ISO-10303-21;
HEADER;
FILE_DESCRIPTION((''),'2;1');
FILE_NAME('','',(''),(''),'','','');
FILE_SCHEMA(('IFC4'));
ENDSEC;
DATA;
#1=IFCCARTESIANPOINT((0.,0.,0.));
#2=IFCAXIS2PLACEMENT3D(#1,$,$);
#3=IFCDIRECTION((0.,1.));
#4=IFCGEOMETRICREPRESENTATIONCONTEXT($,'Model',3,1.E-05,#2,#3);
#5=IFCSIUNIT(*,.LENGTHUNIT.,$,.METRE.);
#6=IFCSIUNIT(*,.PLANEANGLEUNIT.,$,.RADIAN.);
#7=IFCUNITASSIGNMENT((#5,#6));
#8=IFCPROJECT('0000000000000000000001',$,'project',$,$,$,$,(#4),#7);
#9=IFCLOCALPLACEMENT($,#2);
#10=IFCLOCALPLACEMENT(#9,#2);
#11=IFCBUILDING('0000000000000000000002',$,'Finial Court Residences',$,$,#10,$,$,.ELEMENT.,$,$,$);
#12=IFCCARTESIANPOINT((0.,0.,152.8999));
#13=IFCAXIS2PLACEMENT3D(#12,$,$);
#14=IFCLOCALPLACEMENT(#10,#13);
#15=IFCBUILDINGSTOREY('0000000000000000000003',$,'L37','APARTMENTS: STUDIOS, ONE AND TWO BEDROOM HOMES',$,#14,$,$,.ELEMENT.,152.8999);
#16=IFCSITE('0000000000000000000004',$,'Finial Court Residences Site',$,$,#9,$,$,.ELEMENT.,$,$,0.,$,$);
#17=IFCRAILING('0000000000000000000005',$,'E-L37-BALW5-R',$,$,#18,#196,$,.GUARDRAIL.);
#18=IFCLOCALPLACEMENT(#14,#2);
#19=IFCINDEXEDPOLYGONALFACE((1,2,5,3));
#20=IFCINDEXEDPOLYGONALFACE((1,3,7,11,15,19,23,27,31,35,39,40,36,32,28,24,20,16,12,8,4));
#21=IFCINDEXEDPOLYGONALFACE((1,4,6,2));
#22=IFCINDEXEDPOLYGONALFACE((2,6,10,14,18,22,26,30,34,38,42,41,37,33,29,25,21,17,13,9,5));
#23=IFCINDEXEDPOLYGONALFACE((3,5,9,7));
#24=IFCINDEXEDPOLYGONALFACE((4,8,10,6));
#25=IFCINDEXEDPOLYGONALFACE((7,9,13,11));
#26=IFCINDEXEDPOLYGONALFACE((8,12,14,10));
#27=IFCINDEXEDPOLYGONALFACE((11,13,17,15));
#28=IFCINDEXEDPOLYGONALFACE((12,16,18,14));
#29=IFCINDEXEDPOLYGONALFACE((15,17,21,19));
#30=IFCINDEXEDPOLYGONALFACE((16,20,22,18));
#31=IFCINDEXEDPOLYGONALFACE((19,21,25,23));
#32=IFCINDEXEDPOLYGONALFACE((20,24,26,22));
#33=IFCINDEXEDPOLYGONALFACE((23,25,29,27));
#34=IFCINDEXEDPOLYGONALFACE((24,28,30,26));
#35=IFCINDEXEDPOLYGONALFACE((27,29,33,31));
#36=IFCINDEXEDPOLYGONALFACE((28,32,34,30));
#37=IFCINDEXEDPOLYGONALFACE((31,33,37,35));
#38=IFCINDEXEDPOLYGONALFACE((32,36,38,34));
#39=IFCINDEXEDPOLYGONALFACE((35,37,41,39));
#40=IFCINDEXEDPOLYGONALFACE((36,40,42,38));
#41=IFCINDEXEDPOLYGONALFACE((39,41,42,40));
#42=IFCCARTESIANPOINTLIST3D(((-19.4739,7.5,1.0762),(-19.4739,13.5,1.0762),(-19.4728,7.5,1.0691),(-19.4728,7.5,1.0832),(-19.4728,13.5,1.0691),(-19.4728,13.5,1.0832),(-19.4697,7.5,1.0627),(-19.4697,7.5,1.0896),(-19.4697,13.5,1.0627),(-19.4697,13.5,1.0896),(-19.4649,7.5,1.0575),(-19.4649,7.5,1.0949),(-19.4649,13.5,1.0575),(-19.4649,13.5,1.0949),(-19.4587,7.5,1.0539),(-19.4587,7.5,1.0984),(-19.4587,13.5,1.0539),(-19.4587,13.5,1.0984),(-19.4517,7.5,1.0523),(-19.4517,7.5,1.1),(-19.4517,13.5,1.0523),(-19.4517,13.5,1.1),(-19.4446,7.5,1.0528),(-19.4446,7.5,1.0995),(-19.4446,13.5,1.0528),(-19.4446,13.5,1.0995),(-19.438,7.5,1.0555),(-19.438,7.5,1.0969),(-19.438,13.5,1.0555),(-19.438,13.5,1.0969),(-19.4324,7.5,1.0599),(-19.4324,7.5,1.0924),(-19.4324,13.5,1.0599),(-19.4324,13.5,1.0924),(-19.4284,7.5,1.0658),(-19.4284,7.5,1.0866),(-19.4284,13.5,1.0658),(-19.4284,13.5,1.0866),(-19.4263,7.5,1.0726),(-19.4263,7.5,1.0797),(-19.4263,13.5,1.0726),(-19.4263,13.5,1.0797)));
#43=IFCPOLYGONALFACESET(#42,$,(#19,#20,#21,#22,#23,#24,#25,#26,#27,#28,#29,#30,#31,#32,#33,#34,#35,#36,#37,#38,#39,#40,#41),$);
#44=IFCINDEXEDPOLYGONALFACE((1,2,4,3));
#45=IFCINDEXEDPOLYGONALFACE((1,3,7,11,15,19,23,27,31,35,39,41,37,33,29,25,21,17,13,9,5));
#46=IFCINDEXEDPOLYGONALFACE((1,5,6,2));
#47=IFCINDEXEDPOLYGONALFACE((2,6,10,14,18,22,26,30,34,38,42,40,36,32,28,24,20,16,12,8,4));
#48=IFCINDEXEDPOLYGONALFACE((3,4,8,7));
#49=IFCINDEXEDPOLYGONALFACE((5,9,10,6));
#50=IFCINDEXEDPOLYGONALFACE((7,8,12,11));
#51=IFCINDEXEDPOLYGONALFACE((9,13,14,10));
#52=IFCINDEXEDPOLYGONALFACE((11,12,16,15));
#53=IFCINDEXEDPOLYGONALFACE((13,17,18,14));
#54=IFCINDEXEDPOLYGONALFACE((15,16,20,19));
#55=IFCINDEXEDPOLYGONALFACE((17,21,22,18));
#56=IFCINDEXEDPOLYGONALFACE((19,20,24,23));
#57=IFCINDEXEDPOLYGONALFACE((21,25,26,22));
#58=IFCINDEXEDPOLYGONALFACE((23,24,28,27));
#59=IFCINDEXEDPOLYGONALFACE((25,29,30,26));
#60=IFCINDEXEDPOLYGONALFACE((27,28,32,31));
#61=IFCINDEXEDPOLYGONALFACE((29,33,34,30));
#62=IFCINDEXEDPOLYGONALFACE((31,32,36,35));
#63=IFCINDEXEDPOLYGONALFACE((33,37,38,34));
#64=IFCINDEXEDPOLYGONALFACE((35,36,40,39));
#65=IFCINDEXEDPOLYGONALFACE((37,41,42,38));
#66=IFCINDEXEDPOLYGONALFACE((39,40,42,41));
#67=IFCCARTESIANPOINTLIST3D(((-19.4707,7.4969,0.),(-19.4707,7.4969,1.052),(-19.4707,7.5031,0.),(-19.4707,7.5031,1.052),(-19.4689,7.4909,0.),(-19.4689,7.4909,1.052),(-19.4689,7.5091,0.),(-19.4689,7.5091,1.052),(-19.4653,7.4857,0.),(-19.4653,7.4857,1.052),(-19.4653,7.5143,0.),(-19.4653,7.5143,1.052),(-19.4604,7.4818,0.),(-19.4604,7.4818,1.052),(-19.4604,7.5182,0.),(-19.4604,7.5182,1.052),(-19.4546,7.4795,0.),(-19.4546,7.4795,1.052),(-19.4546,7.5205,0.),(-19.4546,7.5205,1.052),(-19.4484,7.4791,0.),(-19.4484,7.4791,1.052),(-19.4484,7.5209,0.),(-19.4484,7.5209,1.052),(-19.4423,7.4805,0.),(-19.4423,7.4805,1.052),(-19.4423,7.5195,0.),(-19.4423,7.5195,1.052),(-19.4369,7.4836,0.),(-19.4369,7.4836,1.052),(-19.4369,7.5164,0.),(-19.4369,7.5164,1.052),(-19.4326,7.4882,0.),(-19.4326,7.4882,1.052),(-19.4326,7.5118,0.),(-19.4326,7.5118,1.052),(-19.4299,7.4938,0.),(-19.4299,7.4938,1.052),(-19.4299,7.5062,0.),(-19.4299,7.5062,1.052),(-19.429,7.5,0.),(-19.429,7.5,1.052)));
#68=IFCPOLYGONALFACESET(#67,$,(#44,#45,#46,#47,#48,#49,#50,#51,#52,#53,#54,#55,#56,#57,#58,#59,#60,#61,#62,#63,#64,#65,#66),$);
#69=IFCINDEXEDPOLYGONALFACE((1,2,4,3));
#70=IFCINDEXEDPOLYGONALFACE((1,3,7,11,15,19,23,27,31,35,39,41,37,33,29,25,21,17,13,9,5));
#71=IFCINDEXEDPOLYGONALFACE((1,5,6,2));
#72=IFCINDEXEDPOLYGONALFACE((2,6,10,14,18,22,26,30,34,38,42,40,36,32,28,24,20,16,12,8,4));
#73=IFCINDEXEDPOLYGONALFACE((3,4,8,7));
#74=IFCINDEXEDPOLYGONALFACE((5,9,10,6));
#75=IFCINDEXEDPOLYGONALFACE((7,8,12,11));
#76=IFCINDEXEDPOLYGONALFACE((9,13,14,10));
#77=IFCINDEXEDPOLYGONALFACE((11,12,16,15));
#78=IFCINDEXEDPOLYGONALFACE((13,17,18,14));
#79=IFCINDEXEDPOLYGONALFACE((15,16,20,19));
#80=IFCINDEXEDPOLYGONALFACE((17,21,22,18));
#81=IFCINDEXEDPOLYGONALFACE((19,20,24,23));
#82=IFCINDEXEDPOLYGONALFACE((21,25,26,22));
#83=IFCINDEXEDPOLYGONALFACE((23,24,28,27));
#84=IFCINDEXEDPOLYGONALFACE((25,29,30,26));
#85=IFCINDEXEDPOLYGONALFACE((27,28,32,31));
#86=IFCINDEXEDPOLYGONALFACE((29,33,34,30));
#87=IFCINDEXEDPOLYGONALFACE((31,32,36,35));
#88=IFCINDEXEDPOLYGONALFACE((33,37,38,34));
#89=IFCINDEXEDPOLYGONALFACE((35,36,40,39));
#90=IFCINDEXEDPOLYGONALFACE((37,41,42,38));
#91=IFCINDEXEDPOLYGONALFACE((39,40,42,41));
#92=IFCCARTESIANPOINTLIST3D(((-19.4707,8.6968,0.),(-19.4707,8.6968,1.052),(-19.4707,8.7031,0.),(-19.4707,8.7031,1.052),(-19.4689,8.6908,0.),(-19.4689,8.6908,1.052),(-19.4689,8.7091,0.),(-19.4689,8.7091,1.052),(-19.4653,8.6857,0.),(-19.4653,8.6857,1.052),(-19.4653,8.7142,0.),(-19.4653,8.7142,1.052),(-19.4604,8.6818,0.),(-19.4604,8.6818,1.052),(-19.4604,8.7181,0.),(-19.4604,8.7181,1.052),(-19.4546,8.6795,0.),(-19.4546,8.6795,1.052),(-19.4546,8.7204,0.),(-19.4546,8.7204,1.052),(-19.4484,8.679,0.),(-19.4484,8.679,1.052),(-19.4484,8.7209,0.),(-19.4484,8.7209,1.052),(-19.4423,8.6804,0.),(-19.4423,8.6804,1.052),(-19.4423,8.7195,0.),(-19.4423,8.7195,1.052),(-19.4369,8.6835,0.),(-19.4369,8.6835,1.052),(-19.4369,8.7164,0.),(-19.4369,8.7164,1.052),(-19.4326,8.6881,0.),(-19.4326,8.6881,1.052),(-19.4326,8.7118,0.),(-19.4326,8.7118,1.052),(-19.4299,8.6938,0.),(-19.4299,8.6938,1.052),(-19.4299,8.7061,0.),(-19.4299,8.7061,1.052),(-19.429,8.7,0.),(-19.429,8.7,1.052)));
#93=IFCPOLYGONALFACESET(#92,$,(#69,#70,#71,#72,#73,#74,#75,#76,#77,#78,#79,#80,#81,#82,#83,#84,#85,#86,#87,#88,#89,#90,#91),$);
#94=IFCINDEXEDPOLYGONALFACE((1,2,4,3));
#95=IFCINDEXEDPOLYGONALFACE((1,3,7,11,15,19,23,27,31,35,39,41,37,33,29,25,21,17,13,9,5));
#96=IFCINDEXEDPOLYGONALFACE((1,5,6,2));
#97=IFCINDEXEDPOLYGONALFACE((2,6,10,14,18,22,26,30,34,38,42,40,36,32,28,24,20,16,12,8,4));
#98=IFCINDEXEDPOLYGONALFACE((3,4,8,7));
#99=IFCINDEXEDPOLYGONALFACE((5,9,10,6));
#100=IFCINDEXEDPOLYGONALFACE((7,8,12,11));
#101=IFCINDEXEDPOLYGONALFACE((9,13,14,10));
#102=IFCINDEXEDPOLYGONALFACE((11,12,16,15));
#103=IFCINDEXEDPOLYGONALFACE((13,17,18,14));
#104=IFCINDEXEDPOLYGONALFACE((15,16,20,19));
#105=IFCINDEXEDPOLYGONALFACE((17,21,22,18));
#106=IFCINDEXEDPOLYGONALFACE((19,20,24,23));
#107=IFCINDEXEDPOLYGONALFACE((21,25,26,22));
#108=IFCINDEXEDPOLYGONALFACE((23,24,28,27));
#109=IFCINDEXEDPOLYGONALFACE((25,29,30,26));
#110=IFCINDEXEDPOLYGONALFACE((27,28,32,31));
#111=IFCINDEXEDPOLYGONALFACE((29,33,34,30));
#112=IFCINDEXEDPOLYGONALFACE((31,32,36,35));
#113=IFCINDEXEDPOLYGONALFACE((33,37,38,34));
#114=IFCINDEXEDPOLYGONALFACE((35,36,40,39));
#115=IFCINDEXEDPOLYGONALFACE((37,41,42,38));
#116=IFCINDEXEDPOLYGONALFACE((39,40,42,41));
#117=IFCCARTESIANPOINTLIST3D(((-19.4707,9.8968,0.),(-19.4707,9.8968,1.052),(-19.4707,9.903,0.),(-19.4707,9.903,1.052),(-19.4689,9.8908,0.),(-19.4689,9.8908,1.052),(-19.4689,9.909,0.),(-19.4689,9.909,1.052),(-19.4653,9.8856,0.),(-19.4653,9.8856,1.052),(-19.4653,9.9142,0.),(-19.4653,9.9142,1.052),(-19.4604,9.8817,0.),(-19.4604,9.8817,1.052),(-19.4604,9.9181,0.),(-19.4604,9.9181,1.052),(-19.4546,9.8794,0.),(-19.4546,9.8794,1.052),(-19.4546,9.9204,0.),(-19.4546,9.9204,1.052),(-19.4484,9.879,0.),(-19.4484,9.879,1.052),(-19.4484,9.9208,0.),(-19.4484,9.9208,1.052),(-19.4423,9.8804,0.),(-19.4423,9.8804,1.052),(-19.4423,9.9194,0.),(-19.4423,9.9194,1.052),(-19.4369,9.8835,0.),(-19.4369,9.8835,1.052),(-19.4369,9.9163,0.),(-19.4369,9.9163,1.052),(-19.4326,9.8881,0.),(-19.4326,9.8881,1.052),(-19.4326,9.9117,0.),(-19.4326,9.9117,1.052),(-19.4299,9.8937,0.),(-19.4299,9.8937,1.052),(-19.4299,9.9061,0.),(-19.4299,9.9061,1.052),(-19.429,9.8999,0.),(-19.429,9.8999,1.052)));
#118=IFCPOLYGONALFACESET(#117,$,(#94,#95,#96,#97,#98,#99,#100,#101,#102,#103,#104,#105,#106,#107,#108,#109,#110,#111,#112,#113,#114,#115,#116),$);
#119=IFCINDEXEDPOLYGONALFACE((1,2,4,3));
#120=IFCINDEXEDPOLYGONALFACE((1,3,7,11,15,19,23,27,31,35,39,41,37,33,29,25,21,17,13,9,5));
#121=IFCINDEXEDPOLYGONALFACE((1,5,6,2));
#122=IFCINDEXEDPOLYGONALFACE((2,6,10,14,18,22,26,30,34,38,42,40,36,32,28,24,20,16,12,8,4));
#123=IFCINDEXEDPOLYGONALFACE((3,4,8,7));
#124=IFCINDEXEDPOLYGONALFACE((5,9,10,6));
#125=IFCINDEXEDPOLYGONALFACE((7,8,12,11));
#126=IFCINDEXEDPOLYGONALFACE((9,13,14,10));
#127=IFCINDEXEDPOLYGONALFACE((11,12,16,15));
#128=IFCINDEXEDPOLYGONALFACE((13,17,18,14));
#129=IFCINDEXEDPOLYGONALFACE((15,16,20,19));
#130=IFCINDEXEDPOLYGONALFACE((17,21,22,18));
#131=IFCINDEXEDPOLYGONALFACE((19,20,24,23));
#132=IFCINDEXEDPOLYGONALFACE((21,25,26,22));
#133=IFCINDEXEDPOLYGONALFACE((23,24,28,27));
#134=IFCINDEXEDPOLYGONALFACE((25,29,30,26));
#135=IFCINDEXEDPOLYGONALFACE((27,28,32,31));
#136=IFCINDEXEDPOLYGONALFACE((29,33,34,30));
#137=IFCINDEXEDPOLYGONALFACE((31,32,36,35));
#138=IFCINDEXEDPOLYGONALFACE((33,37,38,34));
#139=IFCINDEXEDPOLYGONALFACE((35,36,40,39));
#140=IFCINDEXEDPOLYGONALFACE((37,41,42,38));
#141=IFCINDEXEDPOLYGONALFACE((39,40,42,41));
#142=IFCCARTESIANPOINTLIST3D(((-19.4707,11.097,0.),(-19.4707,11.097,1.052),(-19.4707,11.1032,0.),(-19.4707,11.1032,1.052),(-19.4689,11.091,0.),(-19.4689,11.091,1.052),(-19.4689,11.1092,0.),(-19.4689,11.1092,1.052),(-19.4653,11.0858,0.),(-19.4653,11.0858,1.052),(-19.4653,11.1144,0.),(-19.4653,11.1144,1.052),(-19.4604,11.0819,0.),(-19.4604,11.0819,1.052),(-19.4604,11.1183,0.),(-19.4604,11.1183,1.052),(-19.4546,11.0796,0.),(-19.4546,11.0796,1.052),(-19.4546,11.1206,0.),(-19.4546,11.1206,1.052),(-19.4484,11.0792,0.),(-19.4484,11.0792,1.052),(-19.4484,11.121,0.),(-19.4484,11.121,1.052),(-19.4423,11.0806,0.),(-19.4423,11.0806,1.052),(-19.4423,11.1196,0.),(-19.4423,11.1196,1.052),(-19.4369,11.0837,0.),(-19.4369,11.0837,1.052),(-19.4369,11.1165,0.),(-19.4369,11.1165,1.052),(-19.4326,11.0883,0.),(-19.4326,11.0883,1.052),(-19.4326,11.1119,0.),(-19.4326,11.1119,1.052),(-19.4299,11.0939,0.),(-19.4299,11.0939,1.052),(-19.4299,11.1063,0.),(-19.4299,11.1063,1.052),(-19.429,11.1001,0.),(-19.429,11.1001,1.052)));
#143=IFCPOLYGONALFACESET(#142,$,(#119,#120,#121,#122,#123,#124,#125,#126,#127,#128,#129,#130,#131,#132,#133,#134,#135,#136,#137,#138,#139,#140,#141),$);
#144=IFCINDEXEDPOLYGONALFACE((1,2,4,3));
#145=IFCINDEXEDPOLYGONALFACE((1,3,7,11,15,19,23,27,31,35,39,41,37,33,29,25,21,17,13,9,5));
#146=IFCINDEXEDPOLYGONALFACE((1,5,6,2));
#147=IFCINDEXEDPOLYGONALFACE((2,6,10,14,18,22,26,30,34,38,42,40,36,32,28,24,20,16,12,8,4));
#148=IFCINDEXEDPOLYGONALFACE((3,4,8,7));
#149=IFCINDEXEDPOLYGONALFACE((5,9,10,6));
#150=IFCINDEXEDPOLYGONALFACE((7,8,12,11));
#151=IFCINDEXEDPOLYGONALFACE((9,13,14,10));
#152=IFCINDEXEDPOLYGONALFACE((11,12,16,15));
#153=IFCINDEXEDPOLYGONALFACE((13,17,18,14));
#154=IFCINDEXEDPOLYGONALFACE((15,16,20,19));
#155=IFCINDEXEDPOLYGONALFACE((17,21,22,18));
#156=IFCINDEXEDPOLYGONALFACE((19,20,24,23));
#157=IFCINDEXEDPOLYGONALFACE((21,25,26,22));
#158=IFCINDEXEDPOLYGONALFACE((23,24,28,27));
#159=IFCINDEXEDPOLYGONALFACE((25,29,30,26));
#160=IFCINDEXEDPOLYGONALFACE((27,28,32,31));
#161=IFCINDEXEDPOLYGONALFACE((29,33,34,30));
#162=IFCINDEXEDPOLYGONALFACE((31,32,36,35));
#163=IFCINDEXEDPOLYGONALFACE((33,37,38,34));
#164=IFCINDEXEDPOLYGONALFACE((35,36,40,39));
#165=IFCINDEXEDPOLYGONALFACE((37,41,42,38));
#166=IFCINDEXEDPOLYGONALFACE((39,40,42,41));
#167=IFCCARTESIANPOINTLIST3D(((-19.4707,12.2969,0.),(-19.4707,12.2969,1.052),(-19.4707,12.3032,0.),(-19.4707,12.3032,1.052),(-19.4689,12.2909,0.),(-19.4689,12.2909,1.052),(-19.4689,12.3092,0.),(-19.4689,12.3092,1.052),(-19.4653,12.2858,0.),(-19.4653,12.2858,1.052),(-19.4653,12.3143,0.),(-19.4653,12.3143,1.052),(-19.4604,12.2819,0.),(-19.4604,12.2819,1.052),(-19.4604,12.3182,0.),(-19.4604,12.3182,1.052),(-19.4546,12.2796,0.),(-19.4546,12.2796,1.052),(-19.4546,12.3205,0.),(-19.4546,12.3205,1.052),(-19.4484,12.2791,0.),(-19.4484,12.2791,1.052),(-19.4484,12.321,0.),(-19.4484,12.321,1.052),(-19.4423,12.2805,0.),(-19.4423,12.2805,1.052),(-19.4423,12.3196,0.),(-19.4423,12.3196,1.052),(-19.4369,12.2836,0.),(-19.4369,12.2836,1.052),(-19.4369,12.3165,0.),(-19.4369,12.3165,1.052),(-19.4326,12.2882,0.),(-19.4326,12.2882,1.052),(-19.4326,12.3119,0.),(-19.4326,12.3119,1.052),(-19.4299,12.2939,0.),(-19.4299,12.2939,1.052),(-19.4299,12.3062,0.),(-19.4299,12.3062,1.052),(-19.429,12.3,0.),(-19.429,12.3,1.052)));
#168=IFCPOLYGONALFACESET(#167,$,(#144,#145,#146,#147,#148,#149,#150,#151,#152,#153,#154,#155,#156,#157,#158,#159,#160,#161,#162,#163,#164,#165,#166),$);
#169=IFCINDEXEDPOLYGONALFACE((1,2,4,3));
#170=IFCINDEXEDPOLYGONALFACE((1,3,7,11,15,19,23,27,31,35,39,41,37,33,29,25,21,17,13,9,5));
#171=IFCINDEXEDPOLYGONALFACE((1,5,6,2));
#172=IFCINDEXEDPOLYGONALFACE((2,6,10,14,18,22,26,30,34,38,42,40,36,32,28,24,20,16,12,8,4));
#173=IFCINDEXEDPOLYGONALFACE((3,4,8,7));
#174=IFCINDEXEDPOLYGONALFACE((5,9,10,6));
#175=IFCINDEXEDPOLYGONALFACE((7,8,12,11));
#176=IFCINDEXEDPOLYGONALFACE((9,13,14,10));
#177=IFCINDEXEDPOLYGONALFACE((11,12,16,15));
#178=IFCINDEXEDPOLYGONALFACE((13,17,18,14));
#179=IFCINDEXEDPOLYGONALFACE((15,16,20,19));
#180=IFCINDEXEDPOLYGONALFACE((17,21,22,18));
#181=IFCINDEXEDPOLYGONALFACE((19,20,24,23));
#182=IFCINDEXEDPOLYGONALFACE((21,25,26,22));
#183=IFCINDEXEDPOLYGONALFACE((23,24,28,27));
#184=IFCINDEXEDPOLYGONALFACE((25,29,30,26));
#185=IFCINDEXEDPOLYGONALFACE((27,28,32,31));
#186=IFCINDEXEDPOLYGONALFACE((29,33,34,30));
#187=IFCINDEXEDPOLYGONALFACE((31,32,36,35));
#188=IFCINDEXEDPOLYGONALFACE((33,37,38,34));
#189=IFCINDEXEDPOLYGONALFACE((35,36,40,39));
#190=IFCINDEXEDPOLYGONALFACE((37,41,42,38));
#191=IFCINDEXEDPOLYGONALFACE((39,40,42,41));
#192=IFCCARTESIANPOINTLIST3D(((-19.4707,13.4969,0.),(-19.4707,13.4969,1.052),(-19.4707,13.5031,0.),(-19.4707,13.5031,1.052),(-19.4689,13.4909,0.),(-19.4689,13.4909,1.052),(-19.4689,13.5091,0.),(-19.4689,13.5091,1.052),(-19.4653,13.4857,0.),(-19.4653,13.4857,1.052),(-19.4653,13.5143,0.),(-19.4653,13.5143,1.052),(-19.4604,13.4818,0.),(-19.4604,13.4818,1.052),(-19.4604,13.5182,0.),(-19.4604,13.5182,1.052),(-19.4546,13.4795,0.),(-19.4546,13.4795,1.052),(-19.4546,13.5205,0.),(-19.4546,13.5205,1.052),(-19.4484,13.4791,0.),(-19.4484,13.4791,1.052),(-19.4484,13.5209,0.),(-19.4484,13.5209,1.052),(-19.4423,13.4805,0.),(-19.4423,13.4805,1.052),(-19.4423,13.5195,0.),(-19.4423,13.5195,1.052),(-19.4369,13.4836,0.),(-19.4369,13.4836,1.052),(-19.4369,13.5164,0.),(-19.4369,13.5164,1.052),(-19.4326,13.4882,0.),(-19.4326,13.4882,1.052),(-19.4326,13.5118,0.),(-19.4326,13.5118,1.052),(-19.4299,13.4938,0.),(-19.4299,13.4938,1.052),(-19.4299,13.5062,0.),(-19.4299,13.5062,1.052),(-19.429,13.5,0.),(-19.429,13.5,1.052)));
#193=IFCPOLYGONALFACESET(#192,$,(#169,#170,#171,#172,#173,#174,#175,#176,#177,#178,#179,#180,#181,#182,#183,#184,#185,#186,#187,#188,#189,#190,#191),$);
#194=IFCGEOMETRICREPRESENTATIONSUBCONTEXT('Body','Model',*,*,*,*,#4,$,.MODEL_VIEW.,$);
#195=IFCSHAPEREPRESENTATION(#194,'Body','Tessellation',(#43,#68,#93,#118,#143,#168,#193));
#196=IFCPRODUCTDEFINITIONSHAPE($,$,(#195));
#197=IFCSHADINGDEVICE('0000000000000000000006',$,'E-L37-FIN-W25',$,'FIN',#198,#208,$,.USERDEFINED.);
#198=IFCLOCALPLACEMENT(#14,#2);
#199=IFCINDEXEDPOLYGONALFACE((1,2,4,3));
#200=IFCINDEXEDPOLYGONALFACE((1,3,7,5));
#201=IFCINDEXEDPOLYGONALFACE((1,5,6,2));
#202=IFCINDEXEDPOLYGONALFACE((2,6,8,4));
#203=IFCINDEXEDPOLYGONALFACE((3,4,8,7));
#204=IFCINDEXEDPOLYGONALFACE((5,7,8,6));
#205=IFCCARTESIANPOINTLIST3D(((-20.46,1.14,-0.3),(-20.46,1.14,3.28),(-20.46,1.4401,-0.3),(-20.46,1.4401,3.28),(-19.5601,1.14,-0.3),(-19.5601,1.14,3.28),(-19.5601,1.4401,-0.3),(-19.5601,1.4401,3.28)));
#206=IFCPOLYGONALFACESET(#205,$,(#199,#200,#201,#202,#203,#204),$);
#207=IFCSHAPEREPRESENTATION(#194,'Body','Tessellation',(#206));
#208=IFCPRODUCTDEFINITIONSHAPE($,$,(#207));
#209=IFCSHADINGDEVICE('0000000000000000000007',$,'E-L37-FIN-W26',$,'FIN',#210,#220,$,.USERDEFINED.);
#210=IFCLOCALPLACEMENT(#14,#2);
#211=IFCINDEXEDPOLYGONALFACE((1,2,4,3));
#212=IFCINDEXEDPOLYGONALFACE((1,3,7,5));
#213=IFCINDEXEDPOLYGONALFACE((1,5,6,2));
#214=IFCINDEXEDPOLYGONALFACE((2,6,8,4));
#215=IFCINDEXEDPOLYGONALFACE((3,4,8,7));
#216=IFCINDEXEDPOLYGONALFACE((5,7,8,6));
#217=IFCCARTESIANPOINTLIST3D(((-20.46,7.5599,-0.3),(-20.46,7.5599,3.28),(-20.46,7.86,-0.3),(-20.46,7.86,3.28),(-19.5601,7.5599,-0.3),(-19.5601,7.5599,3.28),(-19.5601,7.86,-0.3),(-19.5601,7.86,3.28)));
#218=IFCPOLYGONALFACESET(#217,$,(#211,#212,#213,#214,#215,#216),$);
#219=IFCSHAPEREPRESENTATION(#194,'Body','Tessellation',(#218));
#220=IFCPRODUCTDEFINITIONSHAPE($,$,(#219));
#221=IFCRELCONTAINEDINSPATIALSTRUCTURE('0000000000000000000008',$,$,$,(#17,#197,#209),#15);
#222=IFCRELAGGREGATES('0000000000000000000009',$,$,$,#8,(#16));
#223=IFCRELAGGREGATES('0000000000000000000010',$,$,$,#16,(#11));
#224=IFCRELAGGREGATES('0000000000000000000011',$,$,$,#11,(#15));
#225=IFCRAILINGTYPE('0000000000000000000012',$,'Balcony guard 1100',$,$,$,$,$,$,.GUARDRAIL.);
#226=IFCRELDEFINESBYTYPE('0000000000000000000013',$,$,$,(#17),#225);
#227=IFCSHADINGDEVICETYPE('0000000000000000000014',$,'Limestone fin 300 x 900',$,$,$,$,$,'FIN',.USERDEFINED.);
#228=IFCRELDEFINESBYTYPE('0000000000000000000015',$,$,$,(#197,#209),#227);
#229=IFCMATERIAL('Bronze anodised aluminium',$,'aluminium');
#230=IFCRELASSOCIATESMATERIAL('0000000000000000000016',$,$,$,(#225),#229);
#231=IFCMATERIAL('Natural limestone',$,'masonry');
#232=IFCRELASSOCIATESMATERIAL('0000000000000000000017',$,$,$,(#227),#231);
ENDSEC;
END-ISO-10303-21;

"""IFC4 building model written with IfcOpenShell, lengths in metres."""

from ifc_helpers import new_model, si_unit, direction, frame, origin, origin_2d, place, context, subcontext, project, spatial, rectangle, circle, extrude, material, type_object, element, save


model = new_model("IFC4")

# Units and contexts
model_context = context("Model", 3, precision=1e-05, world=origin(), true_north=direction((0.0, 1.0)))
body_context = subcontext(model_context, "Body", "Model", "MODEL_VIEW")
ifc_project = project(units=[si_unit("LENGTHUNIT", "METRE"), si_unit("PLANEANGLEUNIT", "RADIAN")], contexts=[model_context])

# Site, building, storey
site_placement = place(None, origin())
site = spatial("IfcSite", under=ifc_project, at=site_placement, Name="Finial Court Residences Site", CompositionType="ELEMENT", RefElevation=0.0)
building_placement = place(site_placement, origin())
building = spatial("IfcBuilding", under=site, at=building_placement, Name="Finial Court Residences", CompositionType="ELEMENT")
storey_placement = place(building_placement, frame((0.0, 0.0, 152.8999)))
storey = spatial("IfcBuildingStorey", under=building, at=storey_placement, Name="L37", Description="APARTMENTS: STUDIOS, ONE AND TWO BEDROOM HOMES", CompositionType="ELEMENT", Elevation=152.8999)

# Shared definitions
ifc_material_1 = material(Name="Bronze anodised aluminium", Category="aluminium")

# Shared definitions
ifc_material_2 = material(Name="Natural limestone", Category="masonry")

# Railing
railing_type = type_object("IfcRailingType", Name="Balcony guard 1100", PredefinedType="GUARDRAIL", material=ifc_material_1)
railing_placement = place(storey_placement, frame((-19.45, 7.5, 0.0)))
element("IfcRailing", 1, at=railing_placement, inside=storey, type_object=railing_type, Name="E-L37-BALW5-R", PredefinedType="GUARDRAIL", context=body_context, shape_type="SweptSolid", body=[
    extrude(circle(Radius=0.0239, at=origin_2d()), frame((0.0, 0.0, 1.0762), z_axis=(0.0, 1.0, 0.0), x_axis=(-1.0, 0.0, 0.0)), (0.0, 0.0, 1.0), 6.0),
    extrude(circle(Radius=0.021, at=origin_2d()), origin(), (0.0, 0.0, 1.0), 1.052),
    extrude(circle(Radius=0.021, at=origin_2d()), frame((0.0, 1.2, 0.0)), (0.0, 0.0, 1.0), 1.052),
    extrude(circle(Radius=0.021, at=origin_2d()), frame((0.0, 2.3999, 0.0)), (0.0, 0.0, 1.0), 1.052),
    extrude(circle(Radius=0.021, at=origin_2d()), frame((0.0, 3.6001, 0.0)), (0.0, 0.0, 1.0), 1.052),
    extrude(circle(Radius=0.021, at=origin_2d()), frame((0.0, 4.8, 0.0)), (0.0, 0.0, 1.0), 1.052),
    extrude(circle(Radius=0.021, at=origin_2d()), frame((0.0, 6.0, 0.0)), (0.0, 0.0, 1.0), 1.052),
])

# Shading devices
shading_device_type = type_object("IfcShadingDeviceType", Name="Limestone fin 300 x 900", ElementType="FIN", PredefinedType="USERDEFINED", material=ifc_material_2)
for number, where, z_axis, x_axis, name in (
    (2, (-20.01, 1.29, -0.3), (0.0, 0.0, 1.0), (1.0, 0.0, 0.0), "E-L37-FIN-W25"),
    (3, (-20.01, 7.71, -0.3), (0.0, 0.0, 1.0), (1.0, 0.0, 0.0), "E-L37-FIN-W26"),
):
    element("IfcShadingDevice", number, at=place(storey_placement, frame(where, z_axis=z_axis, x_axis=x_axis)), inside=storey, type_object=shading_device_type, Name=name, ObjectType="FIN", PredefinedType="USERDEFINED", context=body_context, shape_type="SweptSolid", body=[
        extrude(rectangle(XDim=0.8999, YDim=0.3, at=origin_2d()), origin(), (0.0, 0.0, 1.0), 3.5801),
    ])

save(model, "model.ifc")
